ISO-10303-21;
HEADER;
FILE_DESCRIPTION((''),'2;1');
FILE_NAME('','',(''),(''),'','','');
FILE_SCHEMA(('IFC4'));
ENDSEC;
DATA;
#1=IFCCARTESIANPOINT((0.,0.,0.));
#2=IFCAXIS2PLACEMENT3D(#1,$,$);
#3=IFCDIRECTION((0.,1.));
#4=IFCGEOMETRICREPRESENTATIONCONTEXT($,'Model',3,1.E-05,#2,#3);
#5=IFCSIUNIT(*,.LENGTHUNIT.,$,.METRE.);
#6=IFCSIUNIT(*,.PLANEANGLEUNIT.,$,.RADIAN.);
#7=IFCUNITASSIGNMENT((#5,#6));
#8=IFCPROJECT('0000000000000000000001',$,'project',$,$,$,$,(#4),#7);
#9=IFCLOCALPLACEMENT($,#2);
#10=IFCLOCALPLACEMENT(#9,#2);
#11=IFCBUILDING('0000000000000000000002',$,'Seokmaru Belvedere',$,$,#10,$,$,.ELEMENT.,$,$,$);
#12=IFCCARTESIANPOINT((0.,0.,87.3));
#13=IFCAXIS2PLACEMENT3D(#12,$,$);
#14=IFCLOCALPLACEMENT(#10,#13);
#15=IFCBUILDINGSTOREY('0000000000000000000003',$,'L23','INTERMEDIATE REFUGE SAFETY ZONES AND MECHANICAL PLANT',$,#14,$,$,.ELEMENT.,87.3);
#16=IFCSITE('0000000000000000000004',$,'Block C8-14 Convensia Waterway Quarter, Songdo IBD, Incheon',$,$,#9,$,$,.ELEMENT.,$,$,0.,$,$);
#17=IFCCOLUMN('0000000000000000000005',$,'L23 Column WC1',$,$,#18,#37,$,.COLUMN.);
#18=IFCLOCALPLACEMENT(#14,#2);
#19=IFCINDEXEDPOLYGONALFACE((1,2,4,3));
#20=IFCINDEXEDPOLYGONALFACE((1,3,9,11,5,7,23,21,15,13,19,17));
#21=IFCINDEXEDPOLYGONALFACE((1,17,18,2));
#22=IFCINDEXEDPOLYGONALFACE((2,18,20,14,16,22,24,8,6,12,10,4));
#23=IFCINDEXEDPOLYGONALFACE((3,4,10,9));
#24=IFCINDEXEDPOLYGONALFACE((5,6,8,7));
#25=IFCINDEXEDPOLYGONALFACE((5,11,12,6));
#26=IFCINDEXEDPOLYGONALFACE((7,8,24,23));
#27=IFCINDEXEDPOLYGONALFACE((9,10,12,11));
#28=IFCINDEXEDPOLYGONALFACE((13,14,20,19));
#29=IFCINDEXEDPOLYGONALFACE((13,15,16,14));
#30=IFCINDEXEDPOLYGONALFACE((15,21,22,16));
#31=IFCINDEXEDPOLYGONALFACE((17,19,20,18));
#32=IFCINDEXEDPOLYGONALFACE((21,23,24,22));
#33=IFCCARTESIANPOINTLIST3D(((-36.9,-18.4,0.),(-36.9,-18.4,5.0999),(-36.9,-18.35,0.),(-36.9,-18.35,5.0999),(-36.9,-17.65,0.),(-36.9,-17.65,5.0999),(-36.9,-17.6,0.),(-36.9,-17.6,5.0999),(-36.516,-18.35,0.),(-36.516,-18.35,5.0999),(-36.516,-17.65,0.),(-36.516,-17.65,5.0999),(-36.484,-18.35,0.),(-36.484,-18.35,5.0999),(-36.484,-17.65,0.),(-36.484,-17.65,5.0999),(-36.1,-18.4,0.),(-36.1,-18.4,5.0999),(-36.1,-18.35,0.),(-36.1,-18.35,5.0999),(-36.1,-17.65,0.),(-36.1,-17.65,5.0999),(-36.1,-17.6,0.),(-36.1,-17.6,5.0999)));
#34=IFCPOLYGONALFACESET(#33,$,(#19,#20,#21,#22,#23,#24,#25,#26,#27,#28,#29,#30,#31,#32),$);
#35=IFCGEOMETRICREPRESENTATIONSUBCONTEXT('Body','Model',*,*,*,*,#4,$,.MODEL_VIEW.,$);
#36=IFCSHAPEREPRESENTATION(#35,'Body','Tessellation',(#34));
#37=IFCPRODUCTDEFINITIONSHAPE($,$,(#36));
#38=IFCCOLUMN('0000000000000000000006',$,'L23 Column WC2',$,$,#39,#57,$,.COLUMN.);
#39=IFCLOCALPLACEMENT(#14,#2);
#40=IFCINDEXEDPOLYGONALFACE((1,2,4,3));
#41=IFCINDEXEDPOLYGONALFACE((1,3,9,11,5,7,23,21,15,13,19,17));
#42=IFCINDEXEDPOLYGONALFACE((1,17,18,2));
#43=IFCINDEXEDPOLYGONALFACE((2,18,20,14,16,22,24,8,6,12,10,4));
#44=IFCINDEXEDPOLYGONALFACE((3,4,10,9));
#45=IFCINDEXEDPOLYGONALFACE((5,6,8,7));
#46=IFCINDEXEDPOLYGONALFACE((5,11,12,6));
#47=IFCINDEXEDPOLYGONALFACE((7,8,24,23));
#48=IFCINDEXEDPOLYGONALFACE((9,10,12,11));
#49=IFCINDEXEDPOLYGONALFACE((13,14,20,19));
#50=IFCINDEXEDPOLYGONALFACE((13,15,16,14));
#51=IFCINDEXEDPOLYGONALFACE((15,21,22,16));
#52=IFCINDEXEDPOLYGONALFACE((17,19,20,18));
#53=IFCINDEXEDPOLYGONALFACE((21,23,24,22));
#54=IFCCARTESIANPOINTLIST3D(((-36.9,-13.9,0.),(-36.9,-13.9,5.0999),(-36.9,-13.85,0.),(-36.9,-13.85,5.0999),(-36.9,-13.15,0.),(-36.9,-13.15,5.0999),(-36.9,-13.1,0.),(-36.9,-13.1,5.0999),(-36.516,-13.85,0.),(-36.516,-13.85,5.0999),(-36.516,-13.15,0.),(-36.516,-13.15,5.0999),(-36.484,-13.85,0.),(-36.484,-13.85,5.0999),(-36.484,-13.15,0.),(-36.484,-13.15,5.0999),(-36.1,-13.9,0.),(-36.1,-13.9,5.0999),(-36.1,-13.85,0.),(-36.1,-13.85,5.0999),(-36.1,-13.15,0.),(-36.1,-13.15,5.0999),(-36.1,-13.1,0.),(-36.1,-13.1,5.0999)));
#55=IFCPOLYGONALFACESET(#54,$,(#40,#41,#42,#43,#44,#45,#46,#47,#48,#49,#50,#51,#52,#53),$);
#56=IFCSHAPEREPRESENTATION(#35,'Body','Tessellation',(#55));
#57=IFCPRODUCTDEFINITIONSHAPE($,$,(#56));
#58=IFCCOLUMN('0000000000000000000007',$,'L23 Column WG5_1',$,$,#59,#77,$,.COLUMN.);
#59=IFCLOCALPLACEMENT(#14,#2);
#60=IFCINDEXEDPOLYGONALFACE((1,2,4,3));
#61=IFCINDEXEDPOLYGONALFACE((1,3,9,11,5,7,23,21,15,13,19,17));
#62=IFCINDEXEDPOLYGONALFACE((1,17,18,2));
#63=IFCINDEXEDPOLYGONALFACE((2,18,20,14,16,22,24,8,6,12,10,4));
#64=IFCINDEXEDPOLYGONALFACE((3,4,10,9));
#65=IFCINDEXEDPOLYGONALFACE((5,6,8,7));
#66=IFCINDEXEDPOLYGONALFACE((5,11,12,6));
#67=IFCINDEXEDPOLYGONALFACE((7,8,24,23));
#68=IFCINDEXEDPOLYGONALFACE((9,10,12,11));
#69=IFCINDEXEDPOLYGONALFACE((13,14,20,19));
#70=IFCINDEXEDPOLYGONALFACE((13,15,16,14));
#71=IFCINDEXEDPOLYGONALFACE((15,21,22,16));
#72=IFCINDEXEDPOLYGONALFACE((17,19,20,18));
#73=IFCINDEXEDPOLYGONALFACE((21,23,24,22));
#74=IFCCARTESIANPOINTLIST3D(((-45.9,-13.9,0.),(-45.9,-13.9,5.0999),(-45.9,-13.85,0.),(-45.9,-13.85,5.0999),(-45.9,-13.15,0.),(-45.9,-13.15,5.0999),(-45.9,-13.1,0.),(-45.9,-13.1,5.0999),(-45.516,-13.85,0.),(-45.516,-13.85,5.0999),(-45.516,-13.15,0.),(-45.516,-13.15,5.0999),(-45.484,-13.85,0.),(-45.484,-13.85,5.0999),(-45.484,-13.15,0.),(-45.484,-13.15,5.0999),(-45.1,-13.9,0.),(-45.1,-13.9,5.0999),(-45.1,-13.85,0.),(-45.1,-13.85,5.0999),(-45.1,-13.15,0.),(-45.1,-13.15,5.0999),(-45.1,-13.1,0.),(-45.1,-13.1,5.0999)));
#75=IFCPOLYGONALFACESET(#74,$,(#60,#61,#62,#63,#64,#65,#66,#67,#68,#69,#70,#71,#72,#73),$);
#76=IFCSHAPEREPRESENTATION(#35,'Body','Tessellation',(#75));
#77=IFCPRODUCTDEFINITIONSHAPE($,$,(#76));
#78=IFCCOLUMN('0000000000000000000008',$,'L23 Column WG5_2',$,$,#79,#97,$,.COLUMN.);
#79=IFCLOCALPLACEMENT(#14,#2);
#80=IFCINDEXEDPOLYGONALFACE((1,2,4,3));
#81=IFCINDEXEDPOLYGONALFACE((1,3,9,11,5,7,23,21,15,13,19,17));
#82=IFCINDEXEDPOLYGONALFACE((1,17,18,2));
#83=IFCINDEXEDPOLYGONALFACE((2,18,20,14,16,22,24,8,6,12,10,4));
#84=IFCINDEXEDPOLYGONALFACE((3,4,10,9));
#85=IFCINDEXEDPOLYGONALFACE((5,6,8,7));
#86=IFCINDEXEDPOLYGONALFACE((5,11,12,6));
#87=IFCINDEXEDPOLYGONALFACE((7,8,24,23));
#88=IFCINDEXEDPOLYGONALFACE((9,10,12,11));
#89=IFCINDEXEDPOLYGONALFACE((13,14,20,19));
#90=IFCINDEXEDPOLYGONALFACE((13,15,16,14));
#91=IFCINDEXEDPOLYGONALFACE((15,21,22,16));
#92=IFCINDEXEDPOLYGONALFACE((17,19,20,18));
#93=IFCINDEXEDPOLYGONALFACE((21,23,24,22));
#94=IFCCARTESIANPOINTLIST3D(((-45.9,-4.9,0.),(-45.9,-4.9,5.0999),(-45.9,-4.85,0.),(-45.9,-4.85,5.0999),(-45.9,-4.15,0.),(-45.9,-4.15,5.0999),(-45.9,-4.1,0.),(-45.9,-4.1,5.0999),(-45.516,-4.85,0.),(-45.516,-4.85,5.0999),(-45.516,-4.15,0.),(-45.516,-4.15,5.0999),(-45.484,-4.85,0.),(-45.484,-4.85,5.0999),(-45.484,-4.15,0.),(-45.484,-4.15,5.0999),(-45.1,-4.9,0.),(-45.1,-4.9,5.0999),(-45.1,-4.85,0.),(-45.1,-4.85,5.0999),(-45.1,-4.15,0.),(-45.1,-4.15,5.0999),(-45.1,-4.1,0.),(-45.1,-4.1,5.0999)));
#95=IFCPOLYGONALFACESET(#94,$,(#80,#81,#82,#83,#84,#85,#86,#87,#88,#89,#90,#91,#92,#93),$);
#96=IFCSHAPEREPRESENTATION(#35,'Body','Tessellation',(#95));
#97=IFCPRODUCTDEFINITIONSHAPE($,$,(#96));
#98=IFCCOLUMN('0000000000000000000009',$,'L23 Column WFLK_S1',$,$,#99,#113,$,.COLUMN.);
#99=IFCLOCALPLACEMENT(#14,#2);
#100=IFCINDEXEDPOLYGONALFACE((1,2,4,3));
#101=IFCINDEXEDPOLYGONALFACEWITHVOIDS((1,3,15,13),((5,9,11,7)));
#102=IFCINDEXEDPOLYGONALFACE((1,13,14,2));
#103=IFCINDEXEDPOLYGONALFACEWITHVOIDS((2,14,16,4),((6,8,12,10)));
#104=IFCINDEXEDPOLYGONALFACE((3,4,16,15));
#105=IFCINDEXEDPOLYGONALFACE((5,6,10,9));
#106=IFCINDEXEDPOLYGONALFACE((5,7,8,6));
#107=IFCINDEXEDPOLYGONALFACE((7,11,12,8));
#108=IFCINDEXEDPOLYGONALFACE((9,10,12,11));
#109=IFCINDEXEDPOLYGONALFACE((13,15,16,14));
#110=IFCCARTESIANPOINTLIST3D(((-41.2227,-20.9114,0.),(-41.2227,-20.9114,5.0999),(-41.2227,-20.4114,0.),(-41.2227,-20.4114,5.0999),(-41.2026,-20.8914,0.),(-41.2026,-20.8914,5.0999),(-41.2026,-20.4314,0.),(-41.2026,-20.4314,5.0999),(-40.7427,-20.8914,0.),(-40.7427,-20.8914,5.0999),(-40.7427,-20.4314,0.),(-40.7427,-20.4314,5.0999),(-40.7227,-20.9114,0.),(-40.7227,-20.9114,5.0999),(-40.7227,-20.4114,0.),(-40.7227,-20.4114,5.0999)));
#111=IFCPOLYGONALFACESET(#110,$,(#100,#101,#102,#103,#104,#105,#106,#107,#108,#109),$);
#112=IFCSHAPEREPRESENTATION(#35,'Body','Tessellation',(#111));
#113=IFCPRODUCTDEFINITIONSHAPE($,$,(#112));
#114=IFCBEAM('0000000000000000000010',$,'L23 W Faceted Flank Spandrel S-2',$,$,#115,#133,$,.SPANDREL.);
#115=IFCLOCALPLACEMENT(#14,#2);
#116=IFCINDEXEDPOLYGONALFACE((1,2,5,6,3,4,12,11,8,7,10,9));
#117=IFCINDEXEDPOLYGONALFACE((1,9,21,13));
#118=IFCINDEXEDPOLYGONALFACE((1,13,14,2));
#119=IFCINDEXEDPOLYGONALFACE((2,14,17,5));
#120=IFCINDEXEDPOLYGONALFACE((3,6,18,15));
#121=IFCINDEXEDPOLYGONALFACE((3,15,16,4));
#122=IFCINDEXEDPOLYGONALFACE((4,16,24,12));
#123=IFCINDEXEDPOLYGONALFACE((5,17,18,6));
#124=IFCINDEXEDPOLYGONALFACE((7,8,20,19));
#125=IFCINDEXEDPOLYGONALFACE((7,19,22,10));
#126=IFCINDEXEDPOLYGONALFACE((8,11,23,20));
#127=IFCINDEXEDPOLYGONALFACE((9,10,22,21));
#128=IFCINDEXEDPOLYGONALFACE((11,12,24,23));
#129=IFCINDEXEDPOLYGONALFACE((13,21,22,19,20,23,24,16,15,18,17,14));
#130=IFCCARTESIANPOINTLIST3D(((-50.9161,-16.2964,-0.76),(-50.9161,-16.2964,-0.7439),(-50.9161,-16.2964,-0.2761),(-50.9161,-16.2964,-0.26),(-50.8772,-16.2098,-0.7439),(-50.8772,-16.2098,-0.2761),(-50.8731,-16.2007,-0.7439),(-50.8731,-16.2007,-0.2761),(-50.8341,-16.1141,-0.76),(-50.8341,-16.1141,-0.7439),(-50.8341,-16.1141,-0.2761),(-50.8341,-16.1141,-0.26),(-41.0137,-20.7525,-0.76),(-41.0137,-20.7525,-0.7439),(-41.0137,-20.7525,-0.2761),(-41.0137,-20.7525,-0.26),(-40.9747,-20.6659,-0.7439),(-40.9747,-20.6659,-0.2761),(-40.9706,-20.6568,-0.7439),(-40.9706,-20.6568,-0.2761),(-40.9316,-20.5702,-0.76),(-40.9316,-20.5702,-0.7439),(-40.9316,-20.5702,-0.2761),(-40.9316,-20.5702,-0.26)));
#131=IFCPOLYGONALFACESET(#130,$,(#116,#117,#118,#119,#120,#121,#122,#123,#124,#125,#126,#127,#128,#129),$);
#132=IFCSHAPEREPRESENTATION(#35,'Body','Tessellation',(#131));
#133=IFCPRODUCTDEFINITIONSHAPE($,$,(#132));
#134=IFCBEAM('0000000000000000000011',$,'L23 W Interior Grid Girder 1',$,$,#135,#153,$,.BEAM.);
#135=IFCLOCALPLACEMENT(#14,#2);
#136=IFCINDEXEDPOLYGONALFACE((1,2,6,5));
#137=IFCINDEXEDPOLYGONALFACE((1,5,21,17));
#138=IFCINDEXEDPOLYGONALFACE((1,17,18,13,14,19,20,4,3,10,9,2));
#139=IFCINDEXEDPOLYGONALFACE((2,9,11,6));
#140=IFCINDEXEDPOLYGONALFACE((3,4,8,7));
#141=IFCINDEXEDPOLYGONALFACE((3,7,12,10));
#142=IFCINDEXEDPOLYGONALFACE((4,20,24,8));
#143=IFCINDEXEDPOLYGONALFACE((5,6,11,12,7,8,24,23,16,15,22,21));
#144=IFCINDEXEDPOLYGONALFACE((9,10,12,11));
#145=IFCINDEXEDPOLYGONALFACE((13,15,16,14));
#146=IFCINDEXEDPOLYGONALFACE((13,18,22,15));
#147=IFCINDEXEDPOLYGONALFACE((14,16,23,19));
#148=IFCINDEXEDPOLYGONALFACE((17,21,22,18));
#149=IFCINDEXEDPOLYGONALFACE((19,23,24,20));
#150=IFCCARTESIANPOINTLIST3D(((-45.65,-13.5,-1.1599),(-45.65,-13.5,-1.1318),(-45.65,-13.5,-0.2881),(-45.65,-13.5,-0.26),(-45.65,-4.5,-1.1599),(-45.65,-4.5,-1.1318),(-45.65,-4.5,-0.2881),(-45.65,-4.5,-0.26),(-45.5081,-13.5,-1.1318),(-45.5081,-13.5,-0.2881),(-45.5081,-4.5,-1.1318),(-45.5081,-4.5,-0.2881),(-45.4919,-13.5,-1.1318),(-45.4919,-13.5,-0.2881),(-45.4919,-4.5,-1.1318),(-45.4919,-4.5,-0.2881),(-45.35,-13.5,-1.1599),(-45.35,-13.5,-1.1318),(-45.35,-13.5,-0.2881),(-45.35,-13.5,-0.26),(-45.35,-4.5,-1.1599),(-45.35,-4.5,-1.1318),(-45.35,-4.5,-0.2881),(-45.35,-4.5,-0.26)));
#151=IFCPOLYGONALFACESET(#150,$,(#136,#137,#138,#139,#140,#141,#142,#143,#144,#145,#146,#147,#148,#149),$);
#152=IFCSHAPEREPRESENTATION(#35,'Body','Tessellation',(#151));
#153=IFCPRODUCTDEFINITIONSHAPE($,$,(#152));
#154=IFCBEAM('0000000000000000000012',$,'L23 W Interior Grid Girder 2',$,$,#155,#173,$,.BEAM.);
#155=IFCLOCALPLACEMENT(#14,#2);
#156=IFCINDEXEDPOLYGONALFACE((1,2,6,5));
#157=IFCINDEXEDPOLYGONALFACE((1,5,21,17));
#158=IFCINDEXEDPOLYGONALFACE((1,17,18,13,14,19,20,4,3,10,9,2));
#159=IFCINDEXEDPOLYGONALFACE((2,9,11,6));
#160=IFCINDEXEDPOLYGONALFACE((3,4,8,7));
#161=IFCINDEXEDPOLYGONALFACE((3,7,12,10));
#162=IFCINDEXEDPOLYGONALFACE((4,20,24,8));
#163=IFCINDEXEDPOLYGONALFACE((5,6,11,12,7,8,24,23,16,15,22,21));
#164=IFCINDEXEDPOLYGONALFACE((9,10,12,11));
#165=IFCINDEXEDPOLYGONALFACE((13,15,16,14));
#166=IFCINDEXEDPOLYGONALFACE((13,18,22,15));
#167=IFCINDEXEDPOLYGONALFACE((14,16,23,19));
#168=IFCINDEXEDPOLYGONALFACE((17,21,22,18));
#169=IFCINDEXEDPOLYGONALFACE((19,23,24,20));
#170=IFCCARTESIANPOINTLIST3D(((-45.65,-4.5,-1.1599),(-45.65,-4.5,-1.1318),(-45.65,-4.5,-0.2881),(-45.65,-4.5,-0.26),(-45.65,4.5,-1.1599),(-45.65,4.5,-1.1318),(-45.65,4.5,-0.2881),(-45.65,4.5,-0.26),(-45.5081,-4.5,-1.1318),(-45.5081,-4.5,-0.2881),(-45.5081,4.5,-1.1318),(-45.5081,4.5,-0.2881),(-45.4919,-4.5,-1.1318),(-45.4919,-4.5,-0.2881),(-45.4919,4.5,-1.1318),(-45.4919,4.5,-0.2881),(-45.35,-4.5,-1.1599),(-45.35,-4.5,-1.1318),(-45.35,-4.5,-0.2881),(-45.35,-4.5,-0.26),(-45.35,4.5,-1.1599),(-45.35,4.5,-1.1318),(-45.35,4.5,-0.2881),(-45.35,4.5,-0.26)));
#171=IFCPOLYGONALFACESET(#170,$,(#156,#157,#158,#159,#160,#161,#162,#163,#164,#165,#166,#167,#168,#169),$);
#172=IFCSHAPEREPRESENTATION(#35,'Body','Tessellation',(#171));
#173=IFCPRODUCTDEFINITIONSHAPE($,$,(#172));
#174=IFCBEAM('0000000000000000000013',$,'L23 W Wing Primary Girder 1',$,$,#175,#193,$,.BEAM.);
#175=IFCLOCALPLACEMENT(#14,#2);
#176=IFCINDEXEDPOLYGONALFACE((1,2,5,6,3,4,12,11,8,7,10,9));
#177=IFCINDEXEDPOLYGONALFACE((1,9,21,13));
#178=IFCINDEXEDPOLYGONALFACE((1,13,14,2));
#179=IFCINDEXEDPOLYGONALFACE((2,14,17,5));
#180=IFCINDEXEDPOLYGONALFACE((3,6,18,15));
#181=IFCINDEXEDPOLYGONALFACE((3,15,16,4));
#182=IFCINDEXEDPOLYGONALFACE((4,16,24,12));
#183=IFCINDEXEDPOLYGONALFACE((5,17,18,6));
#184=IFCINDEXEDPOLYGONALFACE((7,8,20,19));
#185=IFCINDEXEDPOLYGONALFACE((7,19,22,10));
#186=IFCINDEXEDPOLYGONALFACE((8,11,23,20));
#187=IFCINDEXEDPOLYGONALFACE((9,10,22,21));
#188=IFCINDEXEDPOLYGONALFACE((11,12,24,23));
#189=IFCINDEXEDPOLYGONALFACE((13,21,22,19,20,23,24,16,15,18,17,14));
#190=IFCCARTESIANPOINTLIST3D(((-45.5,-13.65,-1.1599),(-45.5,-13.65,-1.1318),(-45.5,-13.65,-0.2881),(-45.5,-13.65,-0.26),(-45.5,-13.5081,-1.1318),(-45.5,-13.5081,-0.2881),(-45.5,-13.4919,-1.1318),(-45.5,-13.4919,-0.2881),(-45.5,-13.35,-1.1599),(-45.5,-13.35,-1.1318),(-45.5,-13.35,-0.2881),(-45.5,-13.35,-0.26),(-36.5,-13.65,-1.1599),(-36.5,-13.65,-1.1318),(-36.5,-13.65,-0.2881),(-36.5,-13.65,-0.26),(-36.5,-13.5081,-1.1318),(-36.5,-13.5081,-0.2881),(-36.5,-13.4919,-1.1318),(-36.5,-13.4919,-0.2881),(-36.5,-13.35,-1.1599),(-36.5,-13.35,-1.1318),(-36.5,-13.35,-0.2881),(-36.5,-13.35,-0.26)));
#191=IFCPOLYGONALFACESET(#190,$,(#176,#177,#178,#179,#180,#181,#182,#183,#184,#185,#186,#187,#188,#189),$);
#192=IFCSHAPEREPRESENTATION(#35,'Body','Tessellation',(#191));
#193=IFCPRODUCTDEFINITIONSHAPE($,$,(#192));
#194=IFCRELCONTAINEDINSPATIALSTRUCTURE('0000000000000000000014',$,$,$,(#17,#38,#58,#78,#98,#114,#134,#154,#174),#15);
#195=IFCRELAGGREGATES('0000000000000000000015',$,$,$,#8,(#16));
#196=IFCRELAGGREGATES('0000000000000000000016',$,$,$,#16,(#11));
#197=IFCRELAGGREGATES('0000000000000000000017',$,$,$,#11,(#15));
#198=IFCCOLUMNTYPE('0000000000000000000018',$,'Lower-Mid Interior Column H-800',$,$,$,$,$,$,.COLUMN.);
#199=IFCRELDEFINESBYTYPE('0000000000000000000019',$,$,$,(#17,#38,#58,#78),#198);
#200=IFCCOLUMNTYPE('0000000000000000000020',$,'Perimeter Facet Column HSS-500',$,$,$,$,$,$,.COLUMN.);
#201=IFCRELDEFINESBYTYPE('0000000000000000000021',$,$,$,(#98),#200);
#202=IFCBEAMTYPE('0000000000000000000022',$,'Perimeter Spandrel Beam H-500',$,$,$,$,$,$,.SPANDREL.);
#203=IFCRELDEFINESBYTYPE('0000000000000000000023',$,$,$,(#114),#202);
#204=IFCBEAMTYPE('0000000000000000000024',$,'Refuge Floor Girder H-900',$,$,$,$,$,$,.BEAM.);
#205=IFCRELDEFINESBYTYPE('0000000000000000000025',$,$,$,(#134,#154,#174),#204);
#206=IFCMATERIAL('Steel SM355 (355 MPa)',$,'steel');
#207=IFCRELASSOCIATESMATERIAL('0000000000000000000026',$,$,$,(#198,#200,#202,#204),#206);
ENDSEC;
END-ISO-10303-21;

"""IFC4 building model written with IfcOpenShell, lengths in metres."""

from ifc_helpers import new_model, si_unit, direction, frame, origin, origin_2d, place, context, subcontext, project, spatial, hollow_rectangle, i_section, extrude, source, transform, mapped, material, material_profile, profile_set, type_object, type_shapes, element, save


model = new_model("IFC4")

# Units and contexts
model_context = context("Model", 3, precision=1e-05, world=origin(), true_north=direction((0.0, 1.0)))
body_context = subcontext(model_context, "Body", "Model", "MODEL_VIEW")
ifc_project = project(units=[si_unit("LENGTHUNIT", "METRE"), si_unit("PLANEANGLEUNIT", "RADIAN")], contexts=[model_context])

# Site, building, storey
site_placement = place(None, origin())
site = spatial("IfcSite", under=ifc_project, at=site_placement, Name="Block C8-14 Convensia Waterway Quarter, Songdo IBD, Incheon", CompositionType="ELEMENT", RefElevation=0.0)
building_placement = place(site_placement, origin())
building = spatial("IfcBuilding", under=site, at=building_placement, Name="Seokmaru Belvedere", CompositionType="ELEMENT")
storey_placement = place(building_placement, frame((0.0, 0.0, 87.3)))
storey = spatial("IfcBuildingStorey", under=building, at=storey_placement, Name="L23", Description="INTERMEDIATE REFUGE SAFETY ZONES AND MECHANICAL PLANT", CompositionType="ELEMENT", Elevation=87.3)

# Columns
ifc_material_1 = material(Name="Steel SM355 (355 MPa)", Category="steel")
ifc_material_profile_1 = material_profile(ifc_material_1, i_section(OverallWidth=0.8, OverallDepth=0.8, WebThickness=0.032, FlangeThickness=0.05, at=origin_2d()), Name="H-800x800x32x50")
ifc_profile_set_1 = profile_set([ifc_material_profile_1], Name="Steel SM355 (355 MPa)")
column_type_1 = type_object("IfcColumnType", Name="Lower-Mid Interior Column H-800", PredefinedType="COLUMN", material=ifc_profile_set_1)
shared_shape_1 = source(origin(), body_context, "Body", "SweptSolid", [
    extrude(i_section(OverallWidth=0.8, OverallDepth=0.8, WebThickness=0.032, FlangeThickness=0.05, at=origin_2d()), origin(), (0.0, 0.0, 1.0), 5.0999),
])
type_shapes(column_type_1, [shared_shape_1])
for number, where, z_axis, x_axis, name in (
    (1, (-36.5, -18.0, 0.0), (0.0, 0.0, 1.0), (1.0, 0.0, 0.0), "L23 Column WC1"),
    (2, (-36.5, -13.5, 0.0), (0.0, 0.0, 1.0), (1.0, 0.0, 0.0), "L23 Column WC2"),
    (3, (-45.5, -13.5, 0.0), (0.0, 0.0, 1.0), (1.0, 0.0, 0.0), "L23 Column WG5_1"),
    (4, (-45.5, -4.5, 0.0), (0.0, 0.0, 1.0), (1.0, 0.0, 0.0), "L23 Column WG5_2"),
):
    element("IfcColumn", number, at=place(storey_placement, frame(where, z_axis=z_axis, x_axis=x_axis)), inside=storey, type_object=column_type_1, Name=name, PredefinedType="COLUMN", context=body_context, shape_type="MappedRepresentation", body=[
        mapped(shared_shape_1, transform((0.0, 0.0, 0.0), scale=1.0)),
    ])
ifc_material_profile_2 = material_profile(ifc_material_1, hollow_rectangle(XDim=0.5, YDim=0.5, WallThickness=0.02, at=origin_2d()), Name="HSS-500x500x20")
ifc_profile_set_2 = profile_set([ifc_material_profile_2], Name="Steel SM355 (355 MPa)")
column_type_2 = type_object("IfcColumnType", Name="Perimeter Facet Column HSS-500", PredefinedType="COLUMN", material=ifc_profile_set_2)
shared_shape_2 = source(origin(), body_context, "Body", "SweptSolid", [
    extrude(hollow_rectangle(XDim=0.5, YDim=0.5, WallThickness=0.02, at=origin_2d()), origin(), (0.0, 0.0, 1.0), 5.0999),
])
type_shapes(column_type_2, [shared_shape_2])
column_placement = place(storey_placement, frame((-40.9727, -20.6614, 0.0), z_axis=(0.0, 0.0, 1.0), x_axis=(1.0, 0.0, 0.0)))
element("IfcColumn", 5, at=column_placement, inside=storey, type_object=column_type_2, Name="L23 Column WFLK_S1", PredefinedType="COLUMN", context=body_context, shape_type="MappedRepresentation", body=[
    mapped(shared_shape_2, transform((0.0, 0.0, 0.0), scale=1.0)),
])

# Beams
ifc_material_profile_3 = material_profile(ifc_material_1, i_section(OverallWidth=0.2, OverallDepth=0.5, WebThickness=0.01, FlangeThickness=0.0161, at=origin_2d()), Name="H-500x200x10x16")
ifc_profile_set_3 = profile_set([ifc_material_profile_3], Name="Steel SM355 (355 MPa)")
beam_type_1 = type_object("IfcBeamType", Name="Perimeter Spandrel Beam H-500", PredefinedType="SPANDREL", material=ifc_profile_set_3)
shared_shape_3 = source(origin(), body_context, "Body", "SweptSolid", [
    extrude(i_section(OverallWidth=0.2, OverallDepth=0.5, WebThickness=0.01, FlangeThickness=0.0161, at=origin_2d()), origin(), (0.0, 0.0, 1.0), 10.8589),
])
type_shapes(beam_type_1, [shared_shape_3])
beam_1_placement = place(storey_placement, frame((-40.9727, -20.6614, -0.51), z_axis=(-0.911922, 0.410365, 0.0), x_axis=(-0.410365, -0.911922, 0.0)))
element("IfcBeam", 6, at=beam_1_placement, inside=storey, type_object=beam_type_1, Name="L23 W Faceted Flank Spandrel S-2", PredefinedType="SPANDREL", context=body_context, shape_type="MappedRepresentation", body=[
    mapped(shared_shape_3, transform((0.0, 0.0, 0.0), scale=1.0)),
])
ifc_material_profile_4 = material_profile(ifc_material_1, i_section(OverallWidth=0.3, OverallDepth=0.8999, WebThickness=0.0161, FlangeThickness=0.0281, at=origin_2d()), Name="H-900x300x16x28")
ifc_profile_set_4 = profile_set([ifc_material_profile_4], Name="Steel SM355 (355 MPa)")
beam_type_2 = type_object("IfcBeamType", Name="Refuge Floor Girder H-900", PredefinedType="BEAM", material=ifc_profile_set_4)
shared_shape_4 = source(origin(), body_context, "Body", "SweptSolid", [
    extrude(i_section(OverallWidth=0.3, OverallDepth=0.8999, WebThickness=0.0161, FlangeThickness=0.0281, at=origin_2d()), origin(), (0.0, 0.0, 1.0), 9.0),
])
for number, where, z_axis, x_axis, name in (
    (7, (-45.5, -13.5, -0.71), (0.0, 1.0, 0.0), (-1.0, 0.0, 0.0), "L23 W Interior Grid Girder 1"),
    (8, (-45.5, -4.5, -0.71), (0.0, 1.0, 0.0), (-1.0, 0.0, 0.0), "L23 W Interior Grid Girder 2"),
    (9, (-45.5, -13.5, -0.71), (1.0, 0.0, 0.0), (0.0, 1.0, 0.0), "L23 W Wing Primary Girder 1"),
):
    element("IfcBeam", number, at=place(storey_placement, frame(where, z_axis=z_axis, x_axis=x_axis)), inside=storey, type_object=beam_type_2, Name=name, PredefinedType="BEAM", context=body_context, shape_type="MappedRepresentation", body=[
        mapped(shared_shape_4, transform((0.0, 0.0, 0.0), scale=1.0)),
    ])

save(model, "model.ifc")
